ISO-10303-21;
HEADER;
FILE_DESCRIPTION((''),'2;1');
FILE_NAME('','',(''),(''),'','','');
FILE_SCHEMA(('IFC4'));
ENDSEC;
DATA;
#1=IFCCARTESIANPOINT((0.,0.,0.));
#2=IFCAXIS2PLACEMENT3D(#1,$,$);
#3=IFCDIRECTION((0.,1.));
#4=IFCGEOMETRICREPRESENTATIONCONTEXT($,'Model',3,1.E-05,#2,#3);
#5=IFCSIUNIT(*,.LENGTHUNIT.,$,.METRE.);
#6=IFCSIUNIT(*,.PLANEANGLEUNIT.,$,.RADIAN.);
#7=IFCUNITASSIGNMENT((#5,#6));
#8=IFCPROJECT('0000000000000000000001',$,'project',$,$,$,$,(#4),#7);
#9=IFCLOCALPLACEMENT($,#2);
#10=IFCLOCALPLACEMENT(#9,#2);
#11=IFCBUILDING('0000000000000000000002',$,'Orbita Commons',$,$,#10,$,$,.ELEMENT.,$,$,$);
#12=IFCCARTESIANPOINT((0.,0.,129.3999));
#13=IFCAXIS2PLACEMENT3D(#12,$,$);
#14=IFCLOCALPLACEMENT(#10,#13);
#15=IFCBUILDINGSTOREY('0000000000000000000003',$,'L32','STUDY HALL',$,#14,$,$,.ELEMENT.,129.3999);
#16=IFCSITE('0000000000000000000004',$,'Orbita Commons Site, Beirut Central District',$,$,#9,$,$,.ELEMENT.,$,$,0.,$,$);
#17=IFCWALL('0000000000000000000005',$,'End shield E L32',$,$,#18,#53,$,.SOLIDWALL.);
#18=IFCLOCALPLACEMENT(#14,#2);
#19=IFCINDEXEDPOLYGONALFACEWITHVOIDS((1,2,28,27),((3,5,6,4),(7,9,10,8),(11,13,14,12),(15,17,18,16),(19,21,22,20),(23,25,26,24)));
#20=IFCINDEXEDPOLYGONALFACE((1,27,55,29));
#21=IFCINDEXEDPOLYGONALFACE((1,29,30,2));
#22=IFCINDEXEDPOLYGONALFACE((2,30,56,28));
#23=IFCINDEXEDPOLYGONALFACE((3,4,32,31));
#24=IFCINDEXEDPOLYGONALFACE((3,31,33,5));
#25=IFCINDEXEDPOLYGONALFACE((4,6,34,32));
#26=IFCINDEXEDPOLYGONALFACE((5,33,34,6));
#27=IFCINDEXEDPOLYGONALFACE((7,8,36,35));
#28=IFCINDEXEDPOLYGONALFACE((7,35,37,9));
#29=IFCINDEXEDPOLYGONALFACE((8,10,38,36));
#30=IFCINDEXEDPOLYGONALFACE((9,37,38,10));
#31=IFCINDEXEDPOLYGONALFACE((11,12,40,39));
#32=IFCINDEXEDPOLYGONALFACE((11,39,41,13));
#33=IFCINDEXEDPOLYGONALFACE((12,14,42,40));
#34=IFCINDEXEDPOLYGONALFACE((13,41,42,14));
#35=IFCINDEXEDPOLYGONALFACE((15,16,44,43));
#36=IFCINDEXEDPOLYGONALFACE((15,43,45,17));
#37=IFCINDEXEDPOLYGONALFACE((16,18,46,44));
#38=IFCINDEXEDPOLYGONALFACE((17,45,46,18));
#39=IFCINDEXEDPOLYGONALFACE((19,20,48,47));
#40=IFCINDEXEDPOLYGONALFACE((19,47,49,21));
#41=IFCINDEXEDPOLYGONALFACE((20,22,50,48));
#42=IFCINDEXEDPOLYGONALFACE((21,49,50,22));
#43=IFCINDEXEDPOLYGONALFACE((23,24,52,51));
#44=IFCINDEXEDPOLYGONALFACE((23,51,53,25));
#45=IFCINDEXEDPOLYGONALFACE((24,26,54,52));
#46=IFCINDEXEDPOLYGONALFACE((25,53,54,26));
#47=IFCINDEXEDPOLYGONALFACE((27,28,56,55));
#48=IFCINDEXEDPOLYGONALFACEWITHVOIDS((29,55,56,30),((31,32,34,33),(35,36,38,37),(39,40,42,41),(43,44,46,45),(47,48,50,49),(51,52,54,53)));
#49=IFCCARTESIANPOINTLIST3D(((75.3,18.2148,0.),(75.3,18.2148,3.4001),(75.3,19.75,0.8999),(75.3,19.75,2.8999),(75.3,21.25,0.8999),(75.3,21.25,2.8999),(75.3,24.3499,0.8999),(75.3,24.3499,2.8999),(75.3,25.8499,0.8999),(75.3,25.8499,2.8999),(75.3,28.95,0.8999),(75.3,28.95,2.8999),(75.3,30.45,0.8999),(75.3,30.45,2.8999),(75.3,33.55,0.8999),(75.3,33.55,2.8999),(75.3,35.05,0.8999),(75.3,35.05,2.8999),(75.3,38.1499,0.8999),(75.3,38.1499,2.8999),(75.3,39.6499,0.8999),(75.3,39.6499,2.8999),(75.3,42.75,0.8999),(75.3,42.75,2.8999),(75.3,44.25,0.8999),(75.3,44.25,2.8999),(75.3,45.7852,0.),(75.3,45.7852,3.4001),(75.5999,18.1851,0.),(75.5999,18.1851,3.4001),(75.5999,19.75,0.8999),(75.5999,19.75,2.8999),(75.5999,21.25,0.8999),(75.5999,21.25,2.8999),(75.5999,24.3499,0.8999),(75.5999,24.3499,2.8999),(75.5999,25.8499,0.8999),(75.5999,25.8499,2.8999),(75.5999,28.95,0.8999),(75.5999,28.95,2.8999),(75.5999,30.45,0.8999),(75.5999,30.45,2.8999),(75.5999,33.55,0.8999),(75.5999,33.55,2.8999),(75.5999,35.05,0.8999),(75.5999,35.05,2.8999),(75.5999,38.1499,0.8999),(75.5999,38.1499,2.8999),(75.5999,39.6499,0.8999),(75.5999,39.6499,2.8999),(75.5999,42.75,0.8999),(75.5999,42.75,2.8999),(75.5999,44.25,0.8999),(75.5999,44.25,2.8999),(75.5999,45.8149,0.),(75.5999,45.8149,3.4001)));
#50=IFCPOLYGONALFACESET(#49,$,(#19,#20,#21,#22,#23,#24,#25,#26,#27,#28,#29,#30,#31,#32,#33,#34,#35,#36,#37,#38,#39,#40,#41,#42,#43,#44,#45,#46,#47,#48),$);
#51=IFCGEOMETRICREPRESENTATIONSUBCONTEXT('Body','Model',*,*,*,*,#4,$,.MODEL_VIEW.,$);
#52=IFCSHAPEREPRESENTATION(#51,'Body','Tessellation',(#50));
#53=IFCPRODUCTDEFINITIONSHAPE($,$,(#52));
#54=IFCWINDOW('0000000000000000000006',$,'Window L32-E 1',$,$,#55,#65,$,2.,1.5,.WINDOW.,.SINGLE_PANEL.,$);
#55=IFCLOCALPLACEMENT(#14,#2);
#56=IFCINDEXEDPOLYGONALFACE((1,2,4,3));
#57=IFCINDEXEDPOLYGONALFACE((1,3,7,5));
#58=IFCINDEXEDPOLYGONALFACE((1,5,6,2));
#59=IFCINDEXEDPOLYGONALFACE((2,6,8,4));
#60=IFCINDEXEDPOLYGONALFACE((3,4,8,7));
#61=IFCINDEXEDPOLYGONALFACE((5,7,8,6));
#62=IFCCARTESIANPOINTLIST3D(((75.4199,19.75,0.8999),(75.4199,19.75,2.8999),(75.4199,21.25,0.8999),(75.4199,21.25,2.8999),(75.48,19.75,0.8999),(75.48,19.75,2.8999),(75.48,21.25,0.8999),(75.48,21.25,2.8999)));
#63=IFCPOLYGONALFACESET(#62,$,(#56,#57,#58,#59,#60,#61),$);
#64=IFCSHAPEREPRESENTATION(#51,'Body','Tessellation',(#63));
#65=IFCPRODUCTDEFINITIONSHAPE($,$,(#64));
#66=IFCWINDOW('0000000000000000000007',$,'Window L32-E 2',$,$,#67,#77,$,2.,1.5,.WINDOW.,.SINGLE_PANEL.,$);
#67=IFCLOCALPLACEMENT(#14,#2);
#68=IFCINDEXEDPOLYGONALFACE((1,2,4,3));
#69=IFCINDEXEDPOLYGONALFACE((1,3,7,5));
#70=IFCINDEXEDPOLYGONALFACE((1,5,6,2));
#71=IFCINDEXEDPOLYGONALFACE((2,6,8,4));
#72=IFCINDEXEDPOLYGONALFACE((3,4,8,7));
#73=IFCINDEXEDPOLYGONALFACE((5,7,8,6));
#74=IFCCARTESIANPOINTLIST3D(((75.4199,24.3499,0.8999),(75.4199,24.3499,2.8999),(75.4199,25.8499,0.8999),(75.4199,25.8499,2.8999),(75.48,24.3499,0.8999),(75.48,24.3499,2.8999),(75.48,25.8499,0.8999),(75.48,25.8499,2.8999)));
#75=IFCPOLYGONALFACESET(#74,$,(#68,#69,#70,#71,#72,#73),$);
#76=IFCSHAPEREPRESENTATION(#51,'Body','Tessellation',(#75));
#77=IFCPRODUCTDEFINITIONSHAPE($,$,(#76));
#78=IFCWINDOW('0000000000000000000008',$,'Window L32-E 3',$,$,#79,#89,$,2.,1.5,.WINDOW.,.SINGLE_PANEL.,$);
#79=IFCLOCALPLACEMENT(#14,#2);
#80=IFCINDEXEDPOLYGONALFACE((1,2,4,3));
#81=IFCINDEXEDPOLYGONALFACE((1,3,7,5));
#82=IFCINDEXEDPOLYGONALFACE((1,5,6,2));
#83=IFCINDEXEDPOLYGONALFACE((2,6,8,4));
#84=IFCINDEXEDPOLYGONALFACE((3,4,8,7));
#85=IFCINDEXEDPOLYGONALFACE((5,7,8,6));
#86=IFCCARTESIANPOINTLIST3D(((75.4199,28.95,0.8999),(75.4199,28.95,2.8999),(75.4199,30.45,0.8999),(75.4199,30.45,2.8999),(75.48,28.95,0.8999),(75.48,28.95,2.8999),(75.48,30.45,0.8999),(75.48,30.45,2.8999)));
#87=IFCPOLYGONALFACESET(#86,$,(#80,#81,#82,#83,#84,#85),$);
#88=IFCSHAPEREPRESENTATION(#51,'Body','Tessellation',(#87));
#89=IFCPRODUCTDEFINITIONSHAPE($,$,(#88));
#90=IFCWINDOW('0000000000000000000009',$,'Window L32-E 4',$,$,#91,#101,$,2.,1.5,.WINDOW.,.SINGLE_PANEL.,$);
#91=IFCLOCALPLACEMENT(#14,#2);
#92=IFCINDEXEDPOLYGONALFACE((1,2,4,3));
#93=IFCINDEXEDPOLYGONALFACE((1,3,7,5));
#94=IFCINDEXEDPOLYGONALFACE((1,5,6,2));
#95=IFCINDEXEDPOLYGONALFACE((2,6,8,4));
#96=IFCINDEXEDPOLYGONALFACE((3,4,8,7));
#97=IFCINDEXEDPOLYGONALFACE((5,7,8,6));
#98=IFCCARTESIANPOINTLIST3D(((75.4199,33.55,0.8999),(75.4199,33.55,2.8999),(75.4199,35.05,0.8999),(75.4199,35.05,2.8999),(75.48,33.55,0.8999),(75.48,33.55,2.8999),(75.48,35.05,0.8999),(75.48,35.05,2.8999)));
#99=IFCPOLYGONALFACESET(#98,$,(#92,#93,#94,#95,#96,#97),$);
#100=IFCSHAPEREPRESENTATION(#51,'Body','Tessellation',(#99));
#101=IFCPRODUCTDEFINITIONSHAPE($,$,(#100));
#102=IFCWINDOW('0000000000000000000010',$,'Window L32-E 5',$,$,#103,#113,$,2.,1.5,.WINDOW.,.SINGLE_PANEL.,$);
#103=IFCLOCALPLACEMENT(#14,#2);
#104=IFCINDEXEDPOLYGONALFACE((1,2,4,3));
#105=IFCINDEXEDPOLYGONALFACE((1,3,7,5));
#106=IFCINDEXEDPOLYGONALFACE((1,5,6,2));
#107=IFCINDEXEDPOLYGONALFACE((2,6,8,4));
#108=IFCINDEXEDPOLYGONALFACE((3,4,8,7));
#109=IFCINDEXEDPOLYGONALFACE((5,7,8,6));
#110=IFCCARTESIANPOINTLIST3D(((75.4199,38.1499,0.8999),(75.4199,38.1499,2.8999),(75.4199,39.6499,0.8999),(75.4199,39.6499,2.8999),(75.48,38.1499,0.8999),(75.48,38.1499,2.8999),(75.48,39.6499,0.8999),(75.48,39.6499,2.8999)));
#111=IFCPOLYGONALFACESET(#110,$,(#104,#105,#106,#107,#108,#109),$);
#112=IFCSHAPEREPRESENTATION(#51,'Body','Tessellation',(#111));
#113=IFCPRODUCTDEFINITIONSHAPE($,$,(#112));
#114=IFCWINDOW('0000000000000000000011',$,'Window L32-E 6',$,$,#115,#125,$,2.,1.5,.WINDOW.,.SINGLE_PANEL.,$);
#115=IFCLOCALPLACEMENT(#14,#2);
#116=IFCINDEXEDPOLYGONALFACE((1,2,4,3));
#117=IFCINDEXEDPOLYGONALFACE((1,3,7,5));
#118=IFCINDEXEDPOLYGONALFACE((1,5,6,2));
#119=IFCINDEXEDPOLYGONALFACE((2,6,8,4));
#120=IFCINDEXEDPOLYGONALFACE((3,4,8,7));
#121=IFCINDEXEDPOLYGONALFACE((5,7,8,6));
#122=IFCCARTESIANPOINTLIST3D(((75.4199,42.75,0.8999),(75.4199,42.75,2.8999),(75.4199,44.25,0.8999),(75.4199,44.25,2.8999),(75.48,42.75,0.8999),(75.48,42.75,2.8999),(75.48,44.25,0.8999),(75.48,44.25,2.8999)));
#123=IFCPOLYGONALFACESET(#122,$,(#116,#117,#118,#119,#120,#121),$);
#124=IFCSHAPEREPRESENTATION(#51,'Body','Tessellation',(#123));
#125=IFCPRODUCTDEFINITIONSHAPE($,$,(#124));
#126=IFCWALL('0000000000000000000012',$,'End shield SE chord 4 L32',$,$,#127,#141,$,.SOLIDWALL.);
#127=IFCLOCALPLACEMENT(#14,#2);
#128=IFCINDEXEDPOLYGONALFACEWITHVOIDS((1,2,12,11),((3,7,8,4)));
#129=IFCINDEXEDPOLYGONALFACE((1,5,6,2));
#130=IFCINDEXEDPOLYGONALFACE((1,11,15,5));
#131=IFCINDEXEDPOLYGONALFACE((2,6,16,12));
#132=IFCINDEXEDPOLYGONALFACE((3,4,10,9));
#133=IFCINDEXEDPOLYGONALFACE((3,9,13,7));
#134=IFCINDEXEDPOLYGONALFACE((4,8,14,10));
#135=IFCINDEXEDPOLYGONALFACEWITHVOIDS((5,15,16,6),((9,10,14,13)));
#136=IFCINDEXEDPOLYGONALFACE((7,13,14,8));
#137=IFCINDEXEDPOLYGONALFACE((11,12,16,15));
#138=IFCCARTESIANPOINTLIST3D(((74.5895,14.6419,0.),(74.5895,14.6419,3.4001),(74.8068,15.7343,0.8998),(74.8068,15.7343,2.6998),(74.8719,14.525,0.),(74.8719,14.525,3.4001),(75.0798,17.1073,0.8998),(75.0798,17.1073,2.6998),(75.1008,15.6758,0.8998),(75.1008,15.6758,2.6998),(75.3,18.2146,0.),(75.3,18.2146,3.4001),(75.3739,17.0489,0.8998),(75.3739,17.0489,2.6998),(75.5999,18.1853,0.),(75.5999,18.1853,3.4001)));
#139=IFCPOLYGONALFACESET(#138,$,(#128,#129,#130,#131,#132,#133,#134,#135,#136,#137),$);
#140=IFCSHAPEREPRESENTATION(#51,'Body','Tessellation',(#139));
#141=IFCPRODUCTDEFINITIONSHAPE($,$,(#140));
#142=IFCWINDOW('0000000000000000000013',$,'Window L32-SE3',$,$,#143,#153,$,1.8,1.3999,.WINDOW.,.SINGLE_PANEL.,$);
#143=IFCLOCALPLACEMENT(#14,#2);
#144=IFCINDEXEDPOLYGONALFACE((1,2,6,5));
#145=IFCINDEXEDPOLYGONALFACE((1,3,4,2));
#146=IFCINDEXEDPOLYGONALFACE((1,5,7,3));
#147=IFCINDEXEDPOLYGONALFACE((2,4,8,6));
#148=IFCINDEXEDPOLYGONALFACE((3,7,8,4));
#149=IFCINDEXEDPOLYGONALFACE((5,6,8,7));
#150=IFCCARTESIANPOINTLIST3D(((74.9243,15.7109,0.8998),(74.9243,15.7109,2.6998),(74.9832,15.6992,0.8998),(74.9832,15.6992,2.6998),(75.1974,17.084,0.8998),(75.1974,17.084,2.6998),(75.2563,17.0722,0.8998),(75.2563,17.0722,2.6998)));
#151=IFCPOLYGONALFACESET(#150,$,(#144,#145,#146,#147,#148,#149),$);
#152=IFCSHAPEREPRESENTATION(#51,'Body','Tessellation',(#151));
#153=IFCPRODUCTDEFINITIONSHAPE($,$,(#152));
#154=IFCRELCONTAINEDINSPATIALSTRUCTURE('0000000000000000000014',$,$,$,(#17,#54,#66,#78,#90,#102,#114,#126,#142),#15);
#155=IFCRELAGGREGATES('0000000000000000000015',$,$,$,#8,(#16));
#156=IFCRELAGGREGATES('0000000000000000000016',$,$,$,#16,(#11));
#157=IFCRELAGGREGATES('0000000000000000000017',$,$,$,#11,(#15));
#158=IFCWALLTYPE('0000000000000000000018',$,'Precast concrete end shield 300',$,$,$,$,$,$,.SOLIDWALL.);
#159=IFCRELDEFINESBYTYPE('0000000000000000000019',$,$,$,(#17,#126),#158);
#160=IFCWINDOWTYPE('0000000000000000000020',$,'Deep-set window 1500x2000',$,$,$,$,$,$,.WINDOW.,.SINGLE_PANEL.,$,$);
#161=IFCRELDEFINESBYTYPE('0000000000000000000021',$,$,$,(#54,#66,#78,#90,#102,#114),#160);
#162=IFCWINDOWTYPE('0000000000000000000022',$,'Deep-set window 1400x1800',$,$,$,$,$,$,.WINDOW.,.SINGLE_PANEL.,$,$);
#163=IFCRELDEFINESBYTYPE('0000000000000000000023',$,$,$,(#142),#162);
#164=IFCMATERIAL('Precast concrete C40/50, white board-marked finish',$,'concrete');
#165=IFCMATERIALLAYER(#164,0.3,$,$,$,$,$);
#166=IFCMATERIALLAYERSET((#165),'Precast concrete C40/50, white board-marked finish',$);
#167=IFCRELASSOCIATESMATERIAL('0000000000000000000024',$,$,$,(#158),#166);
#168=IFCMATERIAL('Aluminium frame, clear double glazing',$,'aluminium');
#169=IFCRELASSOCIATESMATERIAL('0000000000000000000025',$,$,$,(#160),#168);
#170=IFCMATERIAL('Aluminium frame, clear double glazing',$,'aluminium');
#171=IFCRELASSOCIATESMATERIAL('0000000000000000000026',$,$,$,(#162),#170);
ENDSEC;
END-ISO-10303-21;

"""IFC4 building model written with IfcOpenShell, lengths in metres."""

from ifc_helpers import new_model, si_unit, direction, frame, frame_2d, origin, place, context, subcontext, project, spatial, polyline, rectangle, outline, extrude, material, layer, layer_set, type_object, element, fill, save


model = new_model("IFC4")

# Units and contexts
model_context = context("Model", 3, precision=1e-05, world=origin(), true_north=direction((0.0, 1.0)))
body_context = subcontext(model_context, "Body", "Model", "MODEL_VIEW")
ifc_project = project(units=[si_unit("LENGTHUNIT", "METRE"), si_unit("PLANEANGLEUNIT", "RADIAN")], contexts=[model_context])

# Site, building, storey
site_placement = place(None, origin())
site = spatial("IfcSite", under=ifc_project, at=site_placement, Name="Orbita Commons Site, Beirut Central District", CompositionType="ELEMENT", RefElevation=0.0)
building_placement = place(site_placement, origin())
building = spatial("IfcBuilding", under=site, at=building_placement, Name="Orbita Commons", CompositionType="ELEMENT")
storey_placement = place(building_placement, frame((0.0, 0.0, 129.3999)))
storey = spatial("IfcBuildingStorey", under=building, at=storey_placement, Name="L32", Description="STUDY HALL", CompositionType="ELEMENT", Elevation=129.3999)

# Wall, openings, windows
ifc_material_1 = material(Name="Precast concrete C40/50, white board-marked finish", Category="concrete")
ifc_layer_1 = layer(ifc_material_1, 0.3)
ifc_layer_set_1 = layer_set([ifc_layer_1], Name="Precast concrete C40/50, white board-marked finish")
wall_type_1 = type_object("IfcWallType", Name="Precast concrete end shield 300", PredefinedType="SOLIDWALL", material=ifc_layer_set_1)
wall_1_placement = place(storey_placement, frame((75.45, 18.2, 0.0), z_axis=(0.0, 0.0, 1.0), x_axis=(0.0, 1.0, 0.0)))
wall_1 = element("IfcWall", 1, at=wall_1_placement, inside=storey, type_object=wall_type_1, Name="End shield E L32", PredefinedType="SOLIDWALL", context=body_context, shape_type="SweptSolid", body=[
    extrude(outline(polyline([(-0.0149, -0.1499), (27.615, -0.1499), (27.5852, 0.1499), (0.0149, 0.1499), (-0.0149, -0.1499)])), origin(), (0.0, 0.0, 1.0), 3.4001),
])
opening_1_placement = place(wall_1_placement, frame((1.55, 0.0, 0.8999)))
opening_1 = element("IfcOpeningElement", 2, at=opening_1_placement, cuts=wall_1, PredefinedType="OPENING", context=body_context, shape_type="SweptSolid", body=[
    extrude(rectangle(XDim=1.5, YDim=2.0, at=frame_2d((0.75, 1.0))), frame((0.0, 0.1599, 0.0), z_axis=(0.0, -1.0, 0.0), x_axis=(1.0, 0.0, 0.0)), (0.0, 0.0, 1.0), 0.3201),
])
opening_2_placement = place(wall_1_placement, frame((6.1499, 0.0, 0.8999)))
opening_2 = element("IfcOpeningElement", 3, at=opening_2_placement, cuts=wall_1, PredefinedType="OPENING", context=body_context, shape_type="SweptSolid", body=[
    extrude(rectangle(XDim=1.5, YDim=2.0, at=frame_2d((0.75, 1.0))), frame((0.0, 0.1599, 0.0), z_axis=(0.0, -1.0, 0.0), x_axis=(1.0, 0.0, 0.0)), (0.0, 0.0, 1.0), 0.3201),
])
opening_3_placement = place(wall_1_placement, frame((10.75, 0.0, 0.8999)))
opening_3 = element("IfcOpeningElement", 4, at=opening_3_placement, cuts=wall_1, PredefinedType="OPENING", context=body_context, shape_type="SweptSolid", body=[
    extrude(rectangle(XDim=1.5, YDim=2.0, at=frame_2d((0.75, 1.0))), frame((0.0, 0.1599, 0.0), z_axis=(0.0, -1.0, 0.0), x_axis=(1.0, 0.0, 0.0)), (0.0, 0.0, 1.0), 0.3201),
])
opening_4_placement = place(wall_1_placement, frame((15.3501, 0.0, 0.8999)))
opening_4 = element("IfcOpeningElement", 5, at=opening_4_placement, cuts=wall_1, PredefinedType="OPENING", context=body_context, shape_type="SweptSolid", body=[
    extrude(rectangle(XDim=1.5, YDim=2.0, at=frame_2d((0.75, 1.0))), frame((0.0, 0.1599, 0.0), z_axis=(0.0, -1.0, 0.0), x_axis=(1.0, 0.0, 0.0)), (0.0, 0.0, 1.0), 0.3201),
])
opening_5_placement = place(wall_1_placement, frame((19.95, 0.0, 0.8999)))
opening_5 = element("IfcOpeningElement", 6, at=opening_5_placement, cuts=wall_1, PredefinedType="OPENING", context=body_context, shape_type="SweptSolid", body=[
    extrude(rectangle(XDim=1.5, YDim=2.0, at=frame_2d((0.75, 1.0))), frame((0.0, 0.1599, 0.0), z_axis=(0.0, -1.0, 0.0), x_axis=(1.0, 0.0, 0.0)), (0.0, 0.0, 1.0), 0.3201),
])
opening_6_placement = place(wall_1_placement, frame((24.55, 0.0, 0.8999)))
opening_6 = element("IfcOpeningElement", 7, at=opening_6_placement, cuts=wall_1, PredefinedType="OPENING", context=body_context, shape_type="SweptSolid", body=[
    extrude(rectangle(XDim=1.5, YDim=2.0, at=frame_2d((0.75, 1.0))), frame((0.0, 0.1599, 0.0), z_axis=(0.0, -1.0, 0.0), x_axis=(1.0, 0.0, 0.0)), (0.0, 0.0, 1.0), 0.3201),
])
ifc_material_2 = material(Name="Aluminium frame, clear double glazing", Category="aluminium")
window_type_1 = type_object("IfcWindowType", Name="Deep-set window 1500x2000", PartitioningType="SINGLE_PANEL", PredefinedType="WINDOW", material=ifc_material_2)
window_1_placement = place(opening_1_placement, origin())
window_1 = element("IfcWindow", 8, at=window_1_placement, inside=storey, type_object=window_type_1, Name="Window L32-E 1", OverallHeight=2.0, OverallWidth=1.5, PartitioningType="SINGLE_PANEL", PredefinedType="WINDOW", context=body_context, shape_type="SweptSolid", body=[
    extrude(rectangle(XDim=1.5, YDim=2.0, at=frame_2d((0.75, 1.0))), frame((0.0, 0.03, 0.0), z_axis=(0.0, -1.0, 0.0), x_axis=(1.0, 0.0, 0.0)), (0.0, 0.0, 1.0), 0.0601),
])
fill(opening_1, window_1)
window_2_placement = place(opening_2_placement, origin())
window_2 = element("IfcWindow", 9, at=window_2_placement, inside=storey, type_object=window_type_1, Name="Window L32-E 2", OverallHeight=2.0, OverallWidth=1.5, PartitioningType="SINGLE_PANEL", PredefinedType="WINDOW", context=body_context, shape_type="SweptSolid", body=[
    extrude(rectangle(XDim=1.5, YDim=2.0, at=frame_2d((0.75, 1.0))), frame((0.0, 0.03, 0.0), z_axis=(0.0, -1.0, 0.0), x_axis=(1.0, 0.0, 0.0)), (0.0, 0.0, 1.0), 0.0601),
])
fill(opening_2, window_2)
window_3_placement = place(opening_3_placement, origin())
window_3 = element("IfcWindow", 10, at=window_3_placement, inside=storey, type_object=window_type_1, Name="Window L32-E 3", OverallHeight=2.0, OverallWidth=1.5, PartitioningType="SINGLE_PANEL", PredefinedType="WINDOW", context=body_context, shape_type="SweptSolid", body=[
    extrude(rectangle(XDim=1.5, YDim=2.0, at=frame_2d((0.75, 1.0))), frame((0.0, 0.03, 0.0), z_axis=(0.0, -1.0, 0.0), x_axis=(1.0, 0.0, 0.0)), (0.0, 0.0, 1.0), 0.0601),
])
fill(opening_3, window_3)
window_4_placement = place(opening_4_placement, origin())
window_4 = element("IfcWindow", 11, at=window_4_placement, inside=storey, type_object=window_type_1, Name="Window L32-E 4", OverallHeight=2.0, OverallWidth=1.5, PartitioningType="SINGLE_PANEL", PredefinedType="WINDOW", context=body_context, shape_type="SweptSolid", body=[
    extrude(rectangle(XDim=1.5, YDim=2.0, at=frame_2d((0.75, 1.0))), frame((0.0, 0.03, 0.0), z_axis=(0.0, -1.0, 0.0), x_axis=(1.0, 0.0, 0.0)), (0.0, 0.0, 1.0), 0.0601),
])
fill(opening_4, window_4)
window_5_placement = place(opening_5_placement, origin())
window_5 = element("IfcWindow", 12, at=window_5_placement, inside=storey, type_object=window_type_1, Name="Window L32-E 5", OverallHeight=2.0, OverallWidth=1.5, PartitioningType="SINGLE_PANEL", PredefinedType="WINDOW", context=body_context, shape_type="SweptSolid", body=[
    extrude(rectangle(XDim=1.5, YDim=2.0, at=frame_2d((0.75, 1.0))), frame((0.0, 0.03, 0.0), z_axis=(0.0, -1.0, 0.0), x_axis=(1.0, 0.0, 0.0)), (0.0, 0.0, 1.0), 0.0601),
])
fill(opening_5, window_5)
window_6_placement = place(opening_6_placement, origin())
window_6 = element("IfcWindow", 13, at=window_6_placement, inside=storey, type_object=window_type_1, Name="Window L32-E 6", OverallHeight=2.0, OverallWidth=1.5, PartitioningType="SINGLE_PANEL", PredefinedType="WINDOW", context=body_context, shape_type="SweptSolid", body=[
    extrude(rectangle(XDim=1.5, YDim=2.0, at=frame_2d((0.75, 1.0))), frame((0.0, 0.03, 0.0), z_axis=(0.0, -1.0, 0.0), x_axis=(1.0, 0.0, 0.0)), (0.0, 0.0, 1.0), 0.0601),
])
fill(opening_6, window_6)

# Wall, opening, window
wall_2_placement = place(storey_placement, frame((74.7307, 14.5835, 0.0), z_axis=(0.0, 0.0, 1.0), x_axis=(0.195059, 0.980791, 0.0)))
wall_2 = element("IfcWall", 14, at=wall_2_placement, inside=storey, type_object=wall_type_1, Name="End shield SE chord 4 L32", PredefinedType="SOLIDWALL", context=body_context, shape_type="SweptSolid", body=[
    extrude(outline(polyline([(-0.0298, -0.1499), (3.7021, -0.1499), (3.6724, 0.1499), (0.0298, 0.1499), (-0.0298, -0.1499)])), origin(), (0.0, 0.0, 1.0), 3.4001),
])
opening_7_placement = place(wall_2_placement, frame((1.1436, 0.0, 0.8999)))
opening_7 = element("IfcOpeningElement", 15, at=opening_7_placement, cuts=wall_2, PredefinedType="OPENING", context=body_context, shape_type="SweptSolid", body=[
    extrude(rectangle(XDim=1.3999, YDim=1.8, at=frame_2d((0.7, 0.8999))), frame((0.0, 0.1599, 0.0), z_axis=(0.0, -1.0, 0.0), x_axis=(1.0, 0.0, 0.0)), (0.0, 0.0, 1.0), 0.3201),
])
ifc_material_3 = material(Name="Aluminium frame, clear double glazing", Category="aluminium")
window_type_2 = type_object("IfcWindowType", Name="Deep-set window 1400x1800", PartitioningType="SINGLE_PANEL", PredefinedType="WINDOW", material=ifc_material_3)
window_7_placement = place(opening_7_placement, origin())
window_7 = element("IfcWindow", 16, at=window_7_placement, inside=storey, type_object=window_type_2, Name="Window L32-SE3", OverallHeight=1.8, OverallWidth=1.3999, PartitioningType="SINGLE_PANEL", PredefinedType="WINDOW", context=body_context, shape_type="SweptSolid", body=[
    extrude(rectangle(XDim=1.3999, YDim=1.8, at=frame_2d((0.7, 0.8999))), frame((0.0, 0.03, 0.0), z_axis=(0.0, -1.0, 0.0), x_axis=(1.0, 0.0, 0.0)), (0.0, 0.0, 1.0), 0.0601),
])
fill(opening_7, window_7)

save(model, "model.ifc")
